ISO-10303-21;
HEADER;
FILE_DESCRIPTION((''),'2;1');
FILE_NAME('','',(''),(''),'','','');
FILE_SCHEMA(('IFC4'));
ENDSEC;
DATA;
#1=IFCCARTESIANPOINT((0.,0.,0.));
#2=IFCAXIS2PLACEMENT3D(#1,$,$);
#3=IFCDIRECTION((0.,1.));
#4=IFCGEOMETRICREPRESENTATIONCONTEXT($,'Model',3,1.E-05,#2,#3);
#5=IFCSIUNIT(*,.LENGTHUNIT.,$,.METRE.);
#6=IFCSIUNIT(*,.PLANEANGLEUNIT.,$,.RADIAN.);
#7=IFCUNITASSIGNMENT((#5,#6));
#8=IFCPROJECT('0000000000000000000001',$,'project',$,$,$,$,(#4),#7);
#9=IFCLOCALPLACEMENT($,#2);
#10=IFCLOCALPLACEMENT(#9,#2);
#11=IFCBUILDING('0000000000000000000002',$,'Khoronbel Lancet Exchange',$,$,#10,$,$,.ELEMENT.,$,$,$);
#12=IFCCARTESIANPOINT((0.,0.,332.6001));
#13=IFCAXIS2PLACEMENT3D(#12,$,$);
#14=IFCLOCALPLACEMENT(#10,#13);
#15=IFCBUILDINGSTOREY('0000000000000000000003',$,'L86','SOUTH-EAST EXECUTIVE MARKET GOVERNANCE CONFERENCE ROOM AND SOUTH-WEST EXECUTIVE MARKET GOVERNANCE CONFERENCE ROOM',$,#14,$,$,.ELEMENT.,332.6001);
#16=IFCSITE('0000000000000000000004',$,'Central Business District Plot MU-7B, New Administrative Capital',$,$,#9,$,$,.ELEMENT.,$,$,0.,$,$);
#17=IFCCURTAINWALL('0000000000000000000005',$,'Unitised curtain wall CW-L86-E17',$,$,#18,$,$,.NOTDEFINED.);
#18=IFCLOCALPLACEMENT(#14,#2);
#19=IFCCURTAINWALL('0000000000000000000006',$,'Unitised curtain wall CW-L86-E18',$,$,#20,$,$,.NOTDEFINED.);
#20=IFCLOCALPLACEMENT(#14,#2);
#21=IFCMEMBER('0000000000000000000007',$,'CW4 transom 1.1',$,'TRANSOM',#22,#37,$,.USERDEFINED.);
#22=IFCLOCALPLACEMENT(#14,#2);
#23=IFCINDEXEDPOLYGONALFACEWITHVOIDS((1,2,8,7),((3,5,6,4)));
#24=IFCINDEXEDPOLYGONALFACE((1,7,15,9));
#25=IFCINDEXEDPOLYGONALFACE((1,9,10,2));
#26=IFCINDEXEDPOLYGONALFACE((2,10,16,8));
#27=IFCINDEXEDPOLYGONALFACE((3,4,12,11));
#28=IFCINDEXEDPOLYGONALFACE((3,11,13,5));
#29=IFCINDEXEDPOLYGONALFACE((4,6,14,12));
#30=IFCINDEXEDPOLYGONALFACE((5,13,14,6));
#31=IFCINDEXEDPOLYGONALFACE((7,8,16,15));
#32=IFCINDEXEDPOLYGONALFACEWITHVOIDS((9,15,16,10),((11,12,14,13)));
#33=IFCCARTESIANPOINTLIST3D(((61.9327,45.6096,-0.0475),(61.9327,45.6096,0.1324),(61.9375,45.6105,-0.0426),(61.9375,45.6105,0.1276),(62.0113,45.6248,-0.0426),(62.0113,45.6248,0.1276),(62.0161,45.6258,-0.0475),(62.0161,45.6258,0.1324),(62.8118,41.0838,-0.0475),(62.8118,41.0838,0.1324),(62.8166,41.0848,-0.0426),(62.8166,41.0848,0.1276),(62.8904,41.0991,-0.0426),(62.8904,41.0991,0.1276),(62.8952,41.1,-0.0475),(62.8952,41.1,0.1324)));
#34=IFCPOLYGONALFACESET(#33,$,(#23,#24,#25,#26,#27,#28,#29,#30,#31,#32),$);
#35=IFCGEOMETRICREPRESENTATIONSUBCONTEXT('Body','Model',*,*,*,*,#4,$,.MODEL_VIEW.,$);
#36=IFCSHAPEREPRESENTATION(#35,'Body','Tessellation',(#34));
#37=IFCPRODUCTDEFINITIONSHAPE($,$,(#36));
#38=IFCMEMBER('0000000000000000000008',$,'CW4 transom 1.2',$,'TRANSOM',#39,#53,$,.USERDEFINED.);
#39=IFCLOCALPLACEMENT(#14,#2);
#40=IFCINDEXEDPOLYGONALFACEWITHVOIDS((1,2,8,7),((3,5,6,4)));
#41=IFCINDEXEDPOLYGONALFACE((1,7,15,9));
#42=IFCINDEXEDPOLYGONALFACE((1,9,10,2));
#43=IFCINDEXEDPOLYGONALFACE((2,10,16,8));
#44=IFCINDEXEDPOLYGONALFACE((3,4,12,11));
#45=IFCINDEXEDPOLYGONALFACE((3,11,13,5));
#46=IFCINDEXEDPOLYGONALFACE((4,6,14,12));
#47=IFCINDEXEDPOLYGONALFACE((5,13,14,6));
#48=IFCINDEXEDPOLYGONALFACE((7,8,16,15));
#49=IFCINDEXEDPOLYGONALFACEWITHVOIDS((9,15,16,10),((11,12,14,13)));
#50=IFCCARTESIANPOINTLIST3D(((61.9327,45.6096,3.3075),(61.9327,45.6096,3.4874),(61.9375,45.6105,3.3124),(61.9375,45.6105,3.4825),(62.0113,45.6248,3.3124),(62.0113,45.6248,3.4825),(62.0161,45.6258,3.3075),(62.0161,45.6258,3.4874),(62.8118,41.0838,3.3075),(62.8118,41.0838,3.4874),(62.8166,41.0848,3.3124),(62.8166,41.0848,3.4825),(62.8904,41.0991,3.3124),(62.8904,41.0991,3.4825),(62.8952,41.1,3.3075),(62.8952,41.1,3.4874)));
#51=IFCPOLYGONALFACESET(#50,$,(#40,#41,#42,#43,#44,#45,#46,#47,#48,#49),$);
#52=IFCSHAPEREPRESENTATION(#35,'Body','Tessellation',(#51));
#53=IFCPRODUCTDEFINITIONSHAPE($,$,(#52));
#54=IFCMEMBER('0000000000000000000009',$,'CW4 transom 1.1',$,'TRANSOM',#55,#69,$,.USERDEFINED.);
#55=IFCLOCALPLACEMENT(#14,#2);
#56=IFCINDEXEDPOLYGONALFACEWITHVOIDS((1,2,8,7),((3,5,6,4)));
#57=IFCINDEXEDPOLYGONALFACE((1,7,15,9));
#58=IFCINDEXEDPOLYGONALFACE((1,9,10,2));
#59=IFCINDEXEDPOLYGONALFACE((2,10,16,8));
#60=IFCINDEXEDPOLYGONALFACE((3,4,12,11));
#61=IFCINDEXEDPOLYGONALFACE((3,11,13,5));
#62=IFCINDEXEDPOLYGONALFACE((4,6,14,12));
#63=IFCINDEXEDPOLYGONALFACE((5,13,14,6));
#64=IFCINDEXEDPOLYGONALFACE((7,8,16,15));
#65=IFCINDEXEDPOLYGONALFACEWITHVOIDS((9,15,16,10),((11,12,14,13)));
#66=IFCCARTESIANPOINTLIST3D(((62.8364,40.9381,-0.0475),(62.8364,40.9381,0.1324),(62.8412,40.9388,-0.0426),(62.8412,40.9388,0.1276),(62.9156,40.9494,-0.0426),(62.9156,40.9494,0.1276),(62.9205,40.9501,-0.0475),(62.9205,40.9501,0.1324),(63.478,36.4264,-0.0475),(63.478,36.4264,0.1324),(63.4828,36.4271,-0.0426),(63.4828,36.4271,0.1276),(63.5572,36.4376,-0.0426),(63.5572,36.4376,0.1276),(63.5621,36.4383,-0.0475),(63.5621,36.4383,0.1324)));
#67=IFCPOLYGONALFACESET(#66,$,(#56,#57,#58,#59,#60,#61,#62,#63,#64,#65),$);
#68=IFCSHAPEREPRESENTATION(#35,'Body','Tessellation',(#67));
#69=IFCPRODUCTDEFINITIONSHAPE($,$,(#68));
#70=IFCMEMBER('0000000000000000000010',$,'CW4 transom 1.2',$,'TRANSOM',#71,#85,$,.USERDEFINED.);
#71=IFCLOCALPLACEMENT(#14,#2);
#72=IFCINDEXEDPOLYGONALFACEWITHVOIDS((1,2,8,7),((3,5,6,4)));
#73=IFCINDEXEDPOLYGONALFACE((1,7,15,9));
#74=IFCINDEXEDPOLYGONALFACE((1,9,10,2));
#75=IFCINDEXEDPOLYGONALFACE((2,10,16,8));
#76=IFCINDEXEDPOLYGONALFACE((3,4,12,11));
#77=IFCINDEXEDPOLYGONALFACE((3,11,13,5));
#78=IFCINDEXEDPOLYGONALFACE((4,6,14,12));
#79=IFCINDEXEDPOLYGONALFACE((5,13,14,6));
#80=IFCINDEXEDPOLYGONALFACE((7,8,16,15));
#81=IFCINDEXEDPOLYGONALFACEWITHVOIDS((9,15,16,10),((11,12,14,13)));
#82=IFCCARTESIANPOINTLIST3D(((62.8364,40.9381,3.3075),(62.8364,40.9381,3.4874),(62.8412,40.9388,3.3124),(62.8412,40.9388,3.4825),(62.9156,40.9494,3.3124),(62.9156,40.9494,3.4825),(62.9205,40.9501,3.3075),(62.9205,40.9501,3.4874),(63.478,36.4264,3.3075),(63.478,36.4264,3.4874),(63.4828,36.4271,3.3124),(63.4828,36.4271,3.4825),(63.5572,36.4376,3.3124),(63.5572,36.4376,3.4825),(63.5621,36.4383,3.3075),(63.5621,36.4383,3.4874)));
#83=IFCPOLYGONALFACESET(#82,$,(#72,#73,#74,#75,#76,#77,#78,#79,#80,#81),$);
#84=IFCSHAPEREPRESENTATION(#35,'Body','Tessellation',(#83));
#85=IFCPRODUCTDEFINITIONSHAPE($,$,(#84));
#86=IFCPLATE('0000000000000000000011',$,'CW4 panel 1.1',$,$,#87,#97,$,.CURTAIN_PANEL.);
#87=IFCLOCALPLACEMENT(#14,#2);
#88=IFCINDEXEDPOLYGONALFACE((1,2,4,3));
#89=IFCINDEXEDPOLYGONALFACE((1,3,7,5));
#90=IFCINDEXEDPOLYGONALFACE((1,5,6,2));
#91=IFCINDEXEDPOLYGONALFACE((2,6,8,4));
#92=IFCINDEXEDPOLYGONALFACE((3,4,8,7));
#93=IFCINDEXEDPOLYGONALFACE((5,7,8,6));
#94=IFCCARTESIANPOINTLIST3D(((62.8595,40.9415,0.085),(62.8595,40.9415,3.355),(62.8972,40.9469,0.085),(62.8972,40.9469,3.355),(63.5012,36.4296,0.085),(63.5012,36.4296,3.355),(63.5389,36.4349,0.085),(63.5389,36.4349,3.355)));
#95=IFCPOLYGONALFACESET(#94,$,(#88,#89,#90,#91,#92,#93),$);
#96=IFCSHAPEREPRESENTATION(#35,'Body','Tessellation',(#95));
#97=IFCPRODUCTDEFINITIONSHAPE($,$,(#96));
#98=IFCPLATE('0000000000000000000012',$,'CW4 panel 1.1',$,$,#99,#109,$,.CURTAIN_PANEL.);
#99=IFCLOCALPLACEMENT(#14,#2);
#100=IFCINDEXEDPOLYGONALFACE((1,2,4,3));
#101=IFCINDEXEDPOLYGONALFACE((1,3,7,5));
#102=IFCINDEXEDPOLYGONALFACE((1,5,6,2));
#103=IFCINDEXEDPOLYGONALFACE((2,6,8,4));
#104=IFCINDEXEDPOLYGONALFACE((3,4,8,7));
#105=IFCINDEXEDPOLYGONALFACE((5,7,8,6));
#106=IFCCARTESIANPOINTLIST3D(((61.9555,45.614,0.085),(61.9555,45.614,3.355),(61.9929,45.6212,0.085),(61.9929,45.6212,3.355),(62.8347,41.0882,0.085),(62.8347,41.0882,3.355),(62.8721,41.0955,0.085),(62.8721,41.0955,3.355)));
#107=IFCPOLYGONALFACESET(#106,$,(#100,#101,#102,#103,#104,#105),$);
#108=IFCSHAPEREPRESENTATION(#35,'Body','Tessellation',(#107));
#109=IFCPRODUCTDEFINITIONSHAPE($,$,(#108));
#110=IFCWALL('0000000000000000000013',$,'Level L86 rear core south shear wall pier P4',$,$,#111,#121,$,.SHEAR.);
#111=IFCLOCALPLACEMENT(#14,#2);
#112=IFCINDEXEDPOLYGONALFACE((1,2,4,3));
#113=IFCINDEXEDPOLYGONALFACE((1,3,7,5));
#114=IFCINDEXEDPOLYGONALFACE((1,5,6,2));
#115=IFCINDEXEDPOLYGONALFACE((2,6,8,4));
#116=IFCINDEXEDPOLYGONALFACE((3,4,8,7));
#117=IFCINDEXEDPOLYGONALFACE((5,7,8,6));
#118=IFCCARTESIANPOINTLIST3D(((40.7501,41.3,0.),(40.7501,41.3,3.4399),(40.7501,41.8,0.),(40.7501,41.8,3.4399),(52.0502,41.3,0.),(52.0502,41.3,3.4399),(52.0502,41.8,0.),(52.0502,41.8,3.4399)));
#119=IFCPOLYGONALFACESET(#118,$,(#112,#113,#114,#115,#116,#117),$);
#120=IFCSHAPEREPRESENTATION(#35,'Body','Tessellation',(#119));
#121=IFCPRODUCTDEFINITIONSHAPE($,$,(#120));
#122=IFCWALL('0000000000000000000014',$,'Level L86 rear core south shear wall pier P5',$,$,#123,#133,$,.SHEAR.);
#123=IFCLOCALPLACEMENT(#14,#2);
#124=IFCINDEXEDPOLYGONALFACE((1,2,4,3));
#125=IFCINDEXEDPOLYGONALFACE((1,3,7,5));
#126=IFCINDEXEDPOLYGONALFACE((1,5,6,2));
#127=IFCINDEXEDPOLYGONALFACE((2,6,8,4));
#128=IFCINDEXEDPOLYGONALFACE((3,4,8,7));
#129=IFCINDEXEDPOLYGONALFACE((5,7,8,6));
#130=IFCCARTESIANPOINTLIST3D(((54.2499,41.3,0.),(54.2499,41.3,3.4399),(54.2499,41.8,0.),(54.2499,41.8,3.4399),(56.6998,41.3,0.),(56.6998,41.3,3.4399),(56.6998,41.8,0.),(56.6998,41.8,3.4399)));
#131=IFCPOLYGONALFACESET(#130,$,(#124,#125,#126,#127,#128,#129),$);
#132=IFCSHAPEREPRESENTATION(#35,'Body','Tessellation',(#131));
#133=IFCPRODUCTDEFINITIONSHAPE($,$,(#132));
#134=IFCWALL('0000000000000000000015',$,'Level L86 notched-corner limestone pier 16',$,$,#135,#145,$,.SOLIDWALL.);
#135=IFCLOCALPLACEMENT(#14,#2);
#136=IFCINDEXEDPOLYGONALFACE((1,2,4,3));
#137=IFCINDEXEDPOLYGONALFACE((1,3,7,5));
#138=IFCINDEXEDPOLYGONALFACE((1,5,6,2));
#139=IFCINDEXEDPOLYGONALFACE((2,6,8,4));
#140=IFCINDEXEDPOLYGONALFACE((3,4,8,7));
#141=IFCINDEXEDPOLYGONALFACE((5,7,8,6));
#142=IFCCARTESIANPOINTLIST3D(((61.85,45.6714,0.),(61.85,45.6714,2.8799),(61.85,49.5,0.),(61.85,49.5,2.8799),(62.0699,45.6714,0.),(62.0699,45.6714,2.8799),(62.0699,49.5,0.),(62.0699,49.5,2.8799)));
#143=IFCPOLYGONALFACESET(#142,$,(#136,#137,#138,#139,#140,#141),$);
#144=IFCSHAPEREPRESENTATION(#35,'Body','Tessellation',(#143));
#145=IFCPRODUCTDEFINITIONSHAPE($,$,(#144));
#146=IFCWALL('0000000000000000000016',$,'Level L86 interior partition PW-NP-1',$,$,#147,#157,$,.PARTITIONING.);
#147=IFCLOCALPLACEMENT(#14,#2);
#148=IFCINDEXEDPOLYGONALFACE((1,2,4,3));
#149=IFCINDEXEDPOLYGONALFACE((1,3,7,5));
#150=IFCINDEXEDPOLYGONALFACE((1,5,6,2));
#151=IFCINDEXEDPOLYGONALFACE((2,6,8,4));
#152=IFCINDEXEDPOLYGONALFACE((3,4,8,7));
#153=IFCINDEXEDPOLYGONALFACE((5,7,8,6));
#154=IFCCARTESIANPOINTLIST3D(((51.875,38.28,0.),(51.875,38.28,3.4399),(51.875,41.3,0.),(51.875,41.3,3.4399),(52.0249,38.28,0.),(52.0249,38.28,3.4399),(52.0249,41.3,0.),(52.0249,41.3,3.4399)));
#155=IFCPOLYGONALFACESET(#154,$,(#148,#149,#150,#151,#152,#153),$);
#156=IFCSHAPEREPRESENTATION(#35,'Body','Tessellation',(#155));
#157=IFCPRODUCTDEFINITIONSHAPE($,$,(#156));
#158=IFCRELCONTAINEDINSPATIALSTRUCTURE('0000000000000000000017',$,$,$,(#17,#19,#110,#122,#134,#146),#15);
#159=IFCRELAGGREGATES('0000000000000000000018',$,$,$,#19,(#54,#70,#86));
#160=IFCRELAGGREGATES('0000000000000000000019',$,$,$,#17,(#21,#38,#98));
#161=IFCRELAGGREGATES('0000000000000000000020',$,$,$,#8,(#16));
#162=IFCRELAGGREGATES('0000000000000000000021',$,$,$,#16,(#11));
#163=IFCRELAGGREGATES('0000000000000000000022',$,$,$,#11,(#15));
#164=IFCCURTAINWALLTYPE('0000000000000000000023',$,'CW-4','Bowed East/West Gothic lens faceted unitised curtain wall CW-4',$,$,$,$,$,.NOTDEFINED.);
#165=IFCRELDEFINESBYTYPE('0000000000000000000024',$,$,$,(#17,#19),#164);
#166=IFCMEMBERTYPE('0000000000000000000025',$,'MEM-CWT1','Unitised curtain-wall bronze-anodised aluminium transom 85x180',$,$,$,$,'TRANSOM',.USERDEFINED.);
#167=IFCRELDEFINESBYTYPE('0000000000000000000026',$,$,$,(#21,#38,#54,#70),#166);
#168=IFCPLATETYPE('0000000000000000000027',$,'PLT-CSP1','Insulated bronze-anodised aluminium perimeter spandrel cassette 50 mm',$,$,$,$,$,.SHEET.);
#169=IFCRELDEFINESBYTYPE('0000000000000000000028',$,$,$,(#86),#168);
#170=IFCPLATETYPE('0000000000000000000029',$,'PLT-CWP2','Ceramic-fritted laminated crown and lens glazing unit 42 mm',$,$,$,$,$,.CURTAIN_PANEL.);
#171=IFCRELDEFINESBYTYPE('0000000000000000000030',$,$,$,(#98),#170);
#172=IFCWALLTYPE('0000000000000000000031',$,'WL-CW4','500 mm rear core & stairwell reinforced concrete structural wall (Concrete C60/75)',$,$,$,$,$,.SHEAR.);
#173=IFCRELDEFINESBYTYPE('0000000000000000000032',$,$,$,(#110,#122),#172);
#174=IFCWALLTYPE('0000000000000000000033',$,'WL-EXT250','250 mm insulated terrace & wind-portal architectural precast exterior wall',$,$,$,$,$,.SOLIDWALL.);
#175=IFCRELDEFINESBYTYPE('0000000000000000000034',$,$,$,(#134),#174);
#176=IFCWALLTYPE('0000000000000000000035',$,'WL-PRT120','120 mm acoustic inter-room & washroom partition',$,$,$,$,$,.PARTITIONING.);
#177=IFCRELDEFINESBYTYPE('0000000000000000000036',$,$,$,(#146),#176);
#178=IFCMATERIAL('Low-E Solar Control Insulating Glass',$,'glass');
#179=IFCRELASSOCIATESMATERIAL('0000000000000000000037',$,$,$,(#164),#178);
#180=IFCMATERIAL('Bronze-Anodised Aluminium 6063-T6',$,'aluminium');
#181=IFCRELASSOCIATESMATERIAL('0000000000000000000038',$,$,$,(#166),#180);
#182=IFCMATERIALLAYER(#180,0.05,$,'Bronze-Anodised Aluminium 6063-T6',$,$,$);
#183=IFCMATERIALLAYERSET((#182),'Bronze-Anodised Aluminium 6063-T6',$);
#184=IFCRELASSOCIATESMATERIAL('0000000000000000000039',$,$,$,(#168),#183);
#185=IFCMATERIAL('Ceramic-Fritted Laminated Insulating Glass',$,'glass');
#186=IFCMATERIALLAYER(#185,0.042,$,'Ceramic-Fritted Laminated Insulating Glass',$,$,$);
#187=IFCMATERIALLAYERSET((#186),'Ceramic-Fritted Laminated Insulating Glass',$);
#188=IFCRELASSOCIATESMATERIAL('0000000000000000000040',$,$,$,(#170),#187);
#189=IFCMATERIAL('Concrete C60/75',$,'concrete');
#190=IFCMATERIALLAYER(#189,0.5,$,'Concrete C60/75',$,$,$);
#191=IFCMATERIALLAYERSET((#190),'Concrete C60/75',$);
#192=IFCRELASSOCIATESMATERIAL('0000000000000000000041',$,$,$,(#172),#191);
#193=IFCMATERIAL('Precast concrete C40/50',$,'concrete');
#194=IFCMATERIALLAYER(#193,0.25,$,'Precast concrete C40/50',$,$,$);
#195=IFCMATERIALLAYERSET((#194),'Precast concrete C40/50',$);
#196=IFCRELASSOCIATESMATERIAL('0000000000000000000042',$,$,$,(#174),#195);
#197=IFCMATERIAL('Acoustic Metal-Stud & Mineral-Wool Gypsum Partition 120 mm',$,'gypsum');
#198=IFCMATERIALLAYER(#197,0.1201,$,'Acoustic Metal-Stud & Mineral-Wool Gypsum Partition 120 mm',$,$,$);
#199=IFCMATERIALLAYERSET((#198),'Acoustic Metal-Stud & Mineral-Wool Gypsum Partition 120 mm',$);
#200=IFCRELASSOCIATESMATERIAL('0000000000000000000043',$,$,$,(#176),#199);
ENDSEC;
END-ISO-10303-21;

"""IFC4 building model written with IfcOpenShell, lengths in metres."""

from ifc_helpers import new_model, si_unit, direction, frame, frame_2d, origin, origin_2d, place, context, subcontext, project, spatial, rectangle, hollow_rectangle, extrude, material, layer, layer_set, material_profile, profile_set, type_object, element, aggregate, save


model = new_model("IFC4")

# Units and contexts
model_context = context("Model", 3, precision=1e-05, world=origin(), true_north=direction((0.0, 1.0)))
body_context = subcontext(model_context, "Body", "Model", "MODEL_VIEW")
ifc_project = project(units=[si_unit("LENGTHUNIT", "METRE"), si_unit("PLANEANGLEUNIT", "RADIAN")], contexts=[model_context])

# Site, building, storey
site_placement = place(None, origin())
site = spatial("IfcSite", under=ifc_project, at=site_placement, Name="Central Business District Plot MU-7B, New Administrative Capital", CompositionType="ELEMENT", RefElevation=0.0)
building_placement = place(site_placement, origin())
building = spatial("IfcBuilding", under=site, at=building_placement, Name="Khoronbel Lancet Exchange", CompositionType="ELEMENT")
storey_placement = place(building_placement, frame((0.0, 0.0, 332.6001)))
storey = spatial("IfcBuildingStorey", under=building, at=storey_placement, Name="L86", Description="SOUTH-EAST EXECUTIVE MARKET GOVERNANCE CONFERENCE ROOM AND SOUTH-WEST EXECUTIVE MARKET GOVERNANCE CONFERENCE ROOM", CompositionType="ELEMENT", Elevation=332.6001)

# Shared definitions
ifc_material_1 = material(Name="Concrete C60/75", Category="concrete")

# Curtain wall
ifc_material_2 = material(Name="Low-E Solar Control Insulating Glass", Category="glass")
curtain_wall_type = type_object("IfcCurtainWallType", Name="CW-4", Description="Bowed East/West Gothic lens faceted unitised curtain wall CW-4", PredefinedType="NOTDEFINED", material=ifc_material_2)
curtain_wall_1_placement = place(storey_placement, origin())
curtain_wall_1 = element("IfcCurtainWall", 1, at=curtain_wall_1_placement, inside=storey, type_object=curtain_wall_type, Name="Unitised curtain wall CW-L86-E17", PredefinedType="NOTDEFINED")
ifc_material_3 = material(Name="Bronze-Anodised Aluminium 6063-T6", Category="aluminium")

# Curtain wall
curtain_wall_2_placement = place(storey_placement, origin())
curtain_wall_2 = element("IfcCurtainWall", 2, at=curtain_wall_2_placement, inside=storey, type_object=curtain_wall_type, Name="Unitised curtain wall CW-L86-E18", PredefinedType="NOTDEFINED")

# Members
ifc_material_profile_1 = material_profile(ifc_material_3, hollow_rectangle(XDim=0.085, YDim=0.1799, WallThickness=0.0049, at=origin_2d()), Name="ALU TRANSOM 85x180")
ifc_profile_set_1 = profile_set([ifc_material_profile_1], Name="Bronze-Anodised Aluminium 6063-T6")
member_type_1 = type_object("IfcMemberType", Name="MEM-CWT1", Description="Unitised curtain-wall bronze-anodised aluminium transom 85x180", ElementType="TRANSOM", PredefinedType="USERDEFINED", material=ifc_profile_set_1)
member_1_placement = place(storey_placement, frame((61.9744, 45.6177, 0.0425), z_axis=(0.190695, -0.981649, 0.0), x_axis=(0.981649, 0.190695, 0.0)))
member_1 = element("IfcMember", 3, at=member_1_placement, type_object=member_type_1, Name="CW4 transom 1.1", ObjectType="TRANSOM", PredefinedType="USERDEFINED", context=body_context, shape_type="SweptSolid", body=[
    extrude(hollow_rectangle(XDim=0.085, YDim=0.1799, WallThickness=0.0049, at=origin_2d()), origin(), (0.0, 0.0, 1.0), 4.6104),
])
member_2_placement = place(storey_placement, frame((61.9744, 45.6177, 3.3975), z_axis=(0.190695, -0.981649, 0.0), x_axis=(0.981649, 0.190695, 0.0)))
member_2 = element("IfcMember", 4, at=member_2_placement, type_object=member_type_1, Name="CW4 transom 1.2", ObjectType="TRANSOM", PredefinedType="USERDEFINED", context=body_context, shape_type="SweptSolid", body=[
    extrude(hollow_rectangle(XDim=0.085, YDim=0.1799, WallThickness=0.0049, at=origin_2d()), origin(), (0.0, 0.0, 1.0), 4.6104),
])
member_3_placement = place(storey_placement, frame((62.8784, 40.9441, 0.0425), z_axis=(0.140791, -0.990039, 0.0), x_axis=(0.990039, 0.140791, 0.0)))
member_3 = element("IfcMember", 5, at=member_3_placement, type_object=member_type_1, Name="CW4 transom 1.1", ObjectType="TRANSOM", PredefinedType="USERDEFINED", context=body_context, shape_type="SweptSolid", body=[
    extrude(hollow_rectangle(XDim=0.085, YDim=0.1799, WallThickness=0.0049, at=origin_2d()), origin(), (0.0, 0.0, 1.0), 4.5571),
])
member_4_placement = place(storey_placement, frame((62.8784, 40.9441, 3.3975), z_axis=(0.140791, -0.990039, 0.0), x_axis=(0.990039, 0.140791, 0.0)))
member_4 = element("IfcMember", 6, at=member_4_placement, type_object=member_type_1, Name="CW4 transom 1.2", ObjectType="TRANSOM", PredefinedType="USERDEFINED", context=body_context, shape_type="SweptSolid", body=[
    extrude(hollow_rectangle(XDim=0.085, YDim=0.1799, WallThickness=0.0049, at=origin_2d()), origin(), (0.0, 0.0, 1.0), 4.5571),
])

# Plates
ifc_layer_1 = layer(ifc_material_3, 0.05, Name="Bronze-Anodised Aluminium 6063-T6")
ifc_layer_set_1 = layer_set([ifc_layer_1], Name="Bronze-Anodised Aluminium 6063-T6")
plate_type_1 = type_object("IfcPlateType", Name="PLT-CSP1", Description="Insulated bronze-anodised aluminium perimeter spandrel cassette 50 mm", PredefinedType="SHEET", material=ifc_layer_set_1)
plate_1_placement = place(storey_placement, frame((63.1992, 38.6882, 0.085), z_axis=(0.0, 0.0, 1.0), x_axis=(0.140803, -0.990038, 0.0)))
plate_1 = element("IfcPlate", 7, at=plate_1_placement, type_object=plate_type_1, Name="CW4 panel 1.1", PredefinedType="CURTAIN_PANEL", context=body_context, shape_type="SweptSolid", body=[
    extrude(rectangle(XDim=4.5574, YDim=0.0381, at=origin_2d()), origin(), (0.0, 0.0, 1.0), 3.27),
])
aggregate(curtain_wall_2, [member_3, member_4, plate_1])
ifc_material_4 = material(Name="Ceramic-Fritted Laminated Insulating Glass", Category="glass")
ifc_layer_2 = layer(ifc_material_4, 0.042, Name="Ceramic-Fritted Laminated Insulating Glass")
ifc_layer_set_2 = layer_set([ifc_layer_2], Name="Ceramic-Fritted Laminated Insulating Glass")
plate_type_2 = type_object("IfcPlateType", Name="PLT-CWP2", Description="Ceramic-fritted laminated crown and lens glazing unit 42 mm", PredefinedType="CURTAIN_PANEL", material=ifc_layer_set_2)
plate_2_placement = place(storey_placement, frame((62.4138, 43.3547, 0.085), z_axis=(0.0, 0.0, 1.0), x_axis=(0.190704, -0.981648, 0.0)))
plate_2 = element("IfcPlate", 8, at=plate_2_placement, type_object=plate_type_2, Name="CW4 panel 1.1", PredefinedType="CURTAIN_PANEL", context=body_context, shape_type="SweptSolid", body=[
    extrude(rectangle(XDim=4.6104, YDim=0.0381, at=origin_2d()), origin(), (0.0, 0.0, 1.0), 3.27),
])
aggregate(curtain_wall_1, [member_1, member_2, plate_2])

# Walls
ifc_layer_3 = layer(ifc_material_1, 0.5, Name="Concrete C60/75")
ifc_layer_set_3 = layer_set([ifc_layer_3], Name="Concrete C60/75")
wall_type_1 = type_object("IfcWallType", Name="WL-CW4", Description="500 mm rear core & stairwell reinforced concrete structural wall (Concrete C60/75)", PredefinedType="SHEAR", material=ifc_layer_set_3)
wall_1_placement = place(storey_placement, frame((52.05, 41.55, 0.0), z_axis=(0.0, 0.0, 1.0), x_axis=(-1.0, 0.0, 0.0)))
element("IfcWall", 9, at=wall_1_placement, inside=storey, type_object=wall_type_1, Name="Level L86 rear core south shear wall pier P4", PredefinedType="SHEAR", context=body_context, shape_type="SweptSolid", body=[
    extrude(rectangle(XDim=11.3, YDim=0.5, at=frame_2d((5.6499, 0.0))), origin(), (0.0, 0.0, 1.0), 3.4399),
])
wall_2_placement = place(storey_placement, frame((56.7, 41.55, 0.0), z_axis=(0.0, 0.0, 1.0), x_axis=(-1.0, 0.0, 0.0)))
element("IfcWall", 10, at=wall_2_placement, inside=storey, type_object=wall_type_1, Name="Level L86 rear core south shear wall pier P5", PredefinedType="SHEAR", context=body_context, shape_type="SweptSolid", body=[
    extrude(rectangle(XDim=2.45, YDim=0.5, at=frame_2d((1.2251, 0.0))), origin(), (0.0, 0.0, 1.0), 3.4399),
])
ifc_material_5 = material(Name="Precast concrete C40/50", Category="concrete")
ifc_layer_4 = layer(ifc_material_5, 0.25, Name="Precast concrete C40/50")
ifc_layer_set_4 = layer_set([ifc_layer_4], Name="Precast concrete C40/50")
wall_type_2 = type_object("IfcWallType", Name="WL-EXT250", Description="250 mm insulated terrace & wind-portal architectural precast exterior wall", PredefinedType="SOLIDWALL", material=ifc_layer_set_4)
wall_3_placement = place(storey_placement, frame((61.96, 49.5, 0.0), z_axis=(0.0, 0.0, 1.0), x_axis=(0.0, -1.0, 0.0)))
element("IfcWall", 11, at=wall_3_placement, inside=storey, type_object=wall_type_2, Name="Level L86 notched-corner limestone pier 16", PredefinedType="SOLIDWALL", context=body_context, shape_type="SweptSolid", body=[
    extrude(rectangle(XDim=3.8286, YDim=0.22, at=frame_2d((1.9143, 0.0))), origin(), (0.0, 0.0, 1.0), 2.8799),
])
ifc_material_6 = material(Name="Acoustic Metal-Stud & Mineral-Wool Gypsum Partition 120 mm", Category="gypsum")
ifc_layer_5 = layer(ifc_material_6, 0.1201, Name="Acoustic Metal-Stud & Mineral-Wool Gypsum Partition 120 mm")
ifc_layer_set_5 = layer_set([ifc_layer_5], Name="Acoustic Metal-Stud & Mineral-Wool Gypsum Partition 120 mm")
wall_type_3 = type_object("IfcWallType", Name="WL-PRT120", Description="120 mm acoustic inter-room & washroom partition", PredefinedType="PARTITIONING", material=ifc_layer_set_5)
wall_4_placement = place(storey_placement, frame((51.95, 38.28, 0.0), z_axis=(0.0, 0.0, 1.0), x_axis=(0.0, 1.0, 0.0)))
element("IfcWall", 12, at=wall_4_placement, inside=storey, type_object=wall_type_3, Name="Level L86 interior partition PW-NP-1", PredefinedType="PARTITIONING", context=body_context, shape_type="SweptSolid", body=[
    extrude(rectangle(XDim=3.02, YDim=0.1499, at=frame_2d((1.51, 0.0))), origin(), (0.0, 0.0, 1.0), 3.4399),
])

save(model, "model.ifc")
